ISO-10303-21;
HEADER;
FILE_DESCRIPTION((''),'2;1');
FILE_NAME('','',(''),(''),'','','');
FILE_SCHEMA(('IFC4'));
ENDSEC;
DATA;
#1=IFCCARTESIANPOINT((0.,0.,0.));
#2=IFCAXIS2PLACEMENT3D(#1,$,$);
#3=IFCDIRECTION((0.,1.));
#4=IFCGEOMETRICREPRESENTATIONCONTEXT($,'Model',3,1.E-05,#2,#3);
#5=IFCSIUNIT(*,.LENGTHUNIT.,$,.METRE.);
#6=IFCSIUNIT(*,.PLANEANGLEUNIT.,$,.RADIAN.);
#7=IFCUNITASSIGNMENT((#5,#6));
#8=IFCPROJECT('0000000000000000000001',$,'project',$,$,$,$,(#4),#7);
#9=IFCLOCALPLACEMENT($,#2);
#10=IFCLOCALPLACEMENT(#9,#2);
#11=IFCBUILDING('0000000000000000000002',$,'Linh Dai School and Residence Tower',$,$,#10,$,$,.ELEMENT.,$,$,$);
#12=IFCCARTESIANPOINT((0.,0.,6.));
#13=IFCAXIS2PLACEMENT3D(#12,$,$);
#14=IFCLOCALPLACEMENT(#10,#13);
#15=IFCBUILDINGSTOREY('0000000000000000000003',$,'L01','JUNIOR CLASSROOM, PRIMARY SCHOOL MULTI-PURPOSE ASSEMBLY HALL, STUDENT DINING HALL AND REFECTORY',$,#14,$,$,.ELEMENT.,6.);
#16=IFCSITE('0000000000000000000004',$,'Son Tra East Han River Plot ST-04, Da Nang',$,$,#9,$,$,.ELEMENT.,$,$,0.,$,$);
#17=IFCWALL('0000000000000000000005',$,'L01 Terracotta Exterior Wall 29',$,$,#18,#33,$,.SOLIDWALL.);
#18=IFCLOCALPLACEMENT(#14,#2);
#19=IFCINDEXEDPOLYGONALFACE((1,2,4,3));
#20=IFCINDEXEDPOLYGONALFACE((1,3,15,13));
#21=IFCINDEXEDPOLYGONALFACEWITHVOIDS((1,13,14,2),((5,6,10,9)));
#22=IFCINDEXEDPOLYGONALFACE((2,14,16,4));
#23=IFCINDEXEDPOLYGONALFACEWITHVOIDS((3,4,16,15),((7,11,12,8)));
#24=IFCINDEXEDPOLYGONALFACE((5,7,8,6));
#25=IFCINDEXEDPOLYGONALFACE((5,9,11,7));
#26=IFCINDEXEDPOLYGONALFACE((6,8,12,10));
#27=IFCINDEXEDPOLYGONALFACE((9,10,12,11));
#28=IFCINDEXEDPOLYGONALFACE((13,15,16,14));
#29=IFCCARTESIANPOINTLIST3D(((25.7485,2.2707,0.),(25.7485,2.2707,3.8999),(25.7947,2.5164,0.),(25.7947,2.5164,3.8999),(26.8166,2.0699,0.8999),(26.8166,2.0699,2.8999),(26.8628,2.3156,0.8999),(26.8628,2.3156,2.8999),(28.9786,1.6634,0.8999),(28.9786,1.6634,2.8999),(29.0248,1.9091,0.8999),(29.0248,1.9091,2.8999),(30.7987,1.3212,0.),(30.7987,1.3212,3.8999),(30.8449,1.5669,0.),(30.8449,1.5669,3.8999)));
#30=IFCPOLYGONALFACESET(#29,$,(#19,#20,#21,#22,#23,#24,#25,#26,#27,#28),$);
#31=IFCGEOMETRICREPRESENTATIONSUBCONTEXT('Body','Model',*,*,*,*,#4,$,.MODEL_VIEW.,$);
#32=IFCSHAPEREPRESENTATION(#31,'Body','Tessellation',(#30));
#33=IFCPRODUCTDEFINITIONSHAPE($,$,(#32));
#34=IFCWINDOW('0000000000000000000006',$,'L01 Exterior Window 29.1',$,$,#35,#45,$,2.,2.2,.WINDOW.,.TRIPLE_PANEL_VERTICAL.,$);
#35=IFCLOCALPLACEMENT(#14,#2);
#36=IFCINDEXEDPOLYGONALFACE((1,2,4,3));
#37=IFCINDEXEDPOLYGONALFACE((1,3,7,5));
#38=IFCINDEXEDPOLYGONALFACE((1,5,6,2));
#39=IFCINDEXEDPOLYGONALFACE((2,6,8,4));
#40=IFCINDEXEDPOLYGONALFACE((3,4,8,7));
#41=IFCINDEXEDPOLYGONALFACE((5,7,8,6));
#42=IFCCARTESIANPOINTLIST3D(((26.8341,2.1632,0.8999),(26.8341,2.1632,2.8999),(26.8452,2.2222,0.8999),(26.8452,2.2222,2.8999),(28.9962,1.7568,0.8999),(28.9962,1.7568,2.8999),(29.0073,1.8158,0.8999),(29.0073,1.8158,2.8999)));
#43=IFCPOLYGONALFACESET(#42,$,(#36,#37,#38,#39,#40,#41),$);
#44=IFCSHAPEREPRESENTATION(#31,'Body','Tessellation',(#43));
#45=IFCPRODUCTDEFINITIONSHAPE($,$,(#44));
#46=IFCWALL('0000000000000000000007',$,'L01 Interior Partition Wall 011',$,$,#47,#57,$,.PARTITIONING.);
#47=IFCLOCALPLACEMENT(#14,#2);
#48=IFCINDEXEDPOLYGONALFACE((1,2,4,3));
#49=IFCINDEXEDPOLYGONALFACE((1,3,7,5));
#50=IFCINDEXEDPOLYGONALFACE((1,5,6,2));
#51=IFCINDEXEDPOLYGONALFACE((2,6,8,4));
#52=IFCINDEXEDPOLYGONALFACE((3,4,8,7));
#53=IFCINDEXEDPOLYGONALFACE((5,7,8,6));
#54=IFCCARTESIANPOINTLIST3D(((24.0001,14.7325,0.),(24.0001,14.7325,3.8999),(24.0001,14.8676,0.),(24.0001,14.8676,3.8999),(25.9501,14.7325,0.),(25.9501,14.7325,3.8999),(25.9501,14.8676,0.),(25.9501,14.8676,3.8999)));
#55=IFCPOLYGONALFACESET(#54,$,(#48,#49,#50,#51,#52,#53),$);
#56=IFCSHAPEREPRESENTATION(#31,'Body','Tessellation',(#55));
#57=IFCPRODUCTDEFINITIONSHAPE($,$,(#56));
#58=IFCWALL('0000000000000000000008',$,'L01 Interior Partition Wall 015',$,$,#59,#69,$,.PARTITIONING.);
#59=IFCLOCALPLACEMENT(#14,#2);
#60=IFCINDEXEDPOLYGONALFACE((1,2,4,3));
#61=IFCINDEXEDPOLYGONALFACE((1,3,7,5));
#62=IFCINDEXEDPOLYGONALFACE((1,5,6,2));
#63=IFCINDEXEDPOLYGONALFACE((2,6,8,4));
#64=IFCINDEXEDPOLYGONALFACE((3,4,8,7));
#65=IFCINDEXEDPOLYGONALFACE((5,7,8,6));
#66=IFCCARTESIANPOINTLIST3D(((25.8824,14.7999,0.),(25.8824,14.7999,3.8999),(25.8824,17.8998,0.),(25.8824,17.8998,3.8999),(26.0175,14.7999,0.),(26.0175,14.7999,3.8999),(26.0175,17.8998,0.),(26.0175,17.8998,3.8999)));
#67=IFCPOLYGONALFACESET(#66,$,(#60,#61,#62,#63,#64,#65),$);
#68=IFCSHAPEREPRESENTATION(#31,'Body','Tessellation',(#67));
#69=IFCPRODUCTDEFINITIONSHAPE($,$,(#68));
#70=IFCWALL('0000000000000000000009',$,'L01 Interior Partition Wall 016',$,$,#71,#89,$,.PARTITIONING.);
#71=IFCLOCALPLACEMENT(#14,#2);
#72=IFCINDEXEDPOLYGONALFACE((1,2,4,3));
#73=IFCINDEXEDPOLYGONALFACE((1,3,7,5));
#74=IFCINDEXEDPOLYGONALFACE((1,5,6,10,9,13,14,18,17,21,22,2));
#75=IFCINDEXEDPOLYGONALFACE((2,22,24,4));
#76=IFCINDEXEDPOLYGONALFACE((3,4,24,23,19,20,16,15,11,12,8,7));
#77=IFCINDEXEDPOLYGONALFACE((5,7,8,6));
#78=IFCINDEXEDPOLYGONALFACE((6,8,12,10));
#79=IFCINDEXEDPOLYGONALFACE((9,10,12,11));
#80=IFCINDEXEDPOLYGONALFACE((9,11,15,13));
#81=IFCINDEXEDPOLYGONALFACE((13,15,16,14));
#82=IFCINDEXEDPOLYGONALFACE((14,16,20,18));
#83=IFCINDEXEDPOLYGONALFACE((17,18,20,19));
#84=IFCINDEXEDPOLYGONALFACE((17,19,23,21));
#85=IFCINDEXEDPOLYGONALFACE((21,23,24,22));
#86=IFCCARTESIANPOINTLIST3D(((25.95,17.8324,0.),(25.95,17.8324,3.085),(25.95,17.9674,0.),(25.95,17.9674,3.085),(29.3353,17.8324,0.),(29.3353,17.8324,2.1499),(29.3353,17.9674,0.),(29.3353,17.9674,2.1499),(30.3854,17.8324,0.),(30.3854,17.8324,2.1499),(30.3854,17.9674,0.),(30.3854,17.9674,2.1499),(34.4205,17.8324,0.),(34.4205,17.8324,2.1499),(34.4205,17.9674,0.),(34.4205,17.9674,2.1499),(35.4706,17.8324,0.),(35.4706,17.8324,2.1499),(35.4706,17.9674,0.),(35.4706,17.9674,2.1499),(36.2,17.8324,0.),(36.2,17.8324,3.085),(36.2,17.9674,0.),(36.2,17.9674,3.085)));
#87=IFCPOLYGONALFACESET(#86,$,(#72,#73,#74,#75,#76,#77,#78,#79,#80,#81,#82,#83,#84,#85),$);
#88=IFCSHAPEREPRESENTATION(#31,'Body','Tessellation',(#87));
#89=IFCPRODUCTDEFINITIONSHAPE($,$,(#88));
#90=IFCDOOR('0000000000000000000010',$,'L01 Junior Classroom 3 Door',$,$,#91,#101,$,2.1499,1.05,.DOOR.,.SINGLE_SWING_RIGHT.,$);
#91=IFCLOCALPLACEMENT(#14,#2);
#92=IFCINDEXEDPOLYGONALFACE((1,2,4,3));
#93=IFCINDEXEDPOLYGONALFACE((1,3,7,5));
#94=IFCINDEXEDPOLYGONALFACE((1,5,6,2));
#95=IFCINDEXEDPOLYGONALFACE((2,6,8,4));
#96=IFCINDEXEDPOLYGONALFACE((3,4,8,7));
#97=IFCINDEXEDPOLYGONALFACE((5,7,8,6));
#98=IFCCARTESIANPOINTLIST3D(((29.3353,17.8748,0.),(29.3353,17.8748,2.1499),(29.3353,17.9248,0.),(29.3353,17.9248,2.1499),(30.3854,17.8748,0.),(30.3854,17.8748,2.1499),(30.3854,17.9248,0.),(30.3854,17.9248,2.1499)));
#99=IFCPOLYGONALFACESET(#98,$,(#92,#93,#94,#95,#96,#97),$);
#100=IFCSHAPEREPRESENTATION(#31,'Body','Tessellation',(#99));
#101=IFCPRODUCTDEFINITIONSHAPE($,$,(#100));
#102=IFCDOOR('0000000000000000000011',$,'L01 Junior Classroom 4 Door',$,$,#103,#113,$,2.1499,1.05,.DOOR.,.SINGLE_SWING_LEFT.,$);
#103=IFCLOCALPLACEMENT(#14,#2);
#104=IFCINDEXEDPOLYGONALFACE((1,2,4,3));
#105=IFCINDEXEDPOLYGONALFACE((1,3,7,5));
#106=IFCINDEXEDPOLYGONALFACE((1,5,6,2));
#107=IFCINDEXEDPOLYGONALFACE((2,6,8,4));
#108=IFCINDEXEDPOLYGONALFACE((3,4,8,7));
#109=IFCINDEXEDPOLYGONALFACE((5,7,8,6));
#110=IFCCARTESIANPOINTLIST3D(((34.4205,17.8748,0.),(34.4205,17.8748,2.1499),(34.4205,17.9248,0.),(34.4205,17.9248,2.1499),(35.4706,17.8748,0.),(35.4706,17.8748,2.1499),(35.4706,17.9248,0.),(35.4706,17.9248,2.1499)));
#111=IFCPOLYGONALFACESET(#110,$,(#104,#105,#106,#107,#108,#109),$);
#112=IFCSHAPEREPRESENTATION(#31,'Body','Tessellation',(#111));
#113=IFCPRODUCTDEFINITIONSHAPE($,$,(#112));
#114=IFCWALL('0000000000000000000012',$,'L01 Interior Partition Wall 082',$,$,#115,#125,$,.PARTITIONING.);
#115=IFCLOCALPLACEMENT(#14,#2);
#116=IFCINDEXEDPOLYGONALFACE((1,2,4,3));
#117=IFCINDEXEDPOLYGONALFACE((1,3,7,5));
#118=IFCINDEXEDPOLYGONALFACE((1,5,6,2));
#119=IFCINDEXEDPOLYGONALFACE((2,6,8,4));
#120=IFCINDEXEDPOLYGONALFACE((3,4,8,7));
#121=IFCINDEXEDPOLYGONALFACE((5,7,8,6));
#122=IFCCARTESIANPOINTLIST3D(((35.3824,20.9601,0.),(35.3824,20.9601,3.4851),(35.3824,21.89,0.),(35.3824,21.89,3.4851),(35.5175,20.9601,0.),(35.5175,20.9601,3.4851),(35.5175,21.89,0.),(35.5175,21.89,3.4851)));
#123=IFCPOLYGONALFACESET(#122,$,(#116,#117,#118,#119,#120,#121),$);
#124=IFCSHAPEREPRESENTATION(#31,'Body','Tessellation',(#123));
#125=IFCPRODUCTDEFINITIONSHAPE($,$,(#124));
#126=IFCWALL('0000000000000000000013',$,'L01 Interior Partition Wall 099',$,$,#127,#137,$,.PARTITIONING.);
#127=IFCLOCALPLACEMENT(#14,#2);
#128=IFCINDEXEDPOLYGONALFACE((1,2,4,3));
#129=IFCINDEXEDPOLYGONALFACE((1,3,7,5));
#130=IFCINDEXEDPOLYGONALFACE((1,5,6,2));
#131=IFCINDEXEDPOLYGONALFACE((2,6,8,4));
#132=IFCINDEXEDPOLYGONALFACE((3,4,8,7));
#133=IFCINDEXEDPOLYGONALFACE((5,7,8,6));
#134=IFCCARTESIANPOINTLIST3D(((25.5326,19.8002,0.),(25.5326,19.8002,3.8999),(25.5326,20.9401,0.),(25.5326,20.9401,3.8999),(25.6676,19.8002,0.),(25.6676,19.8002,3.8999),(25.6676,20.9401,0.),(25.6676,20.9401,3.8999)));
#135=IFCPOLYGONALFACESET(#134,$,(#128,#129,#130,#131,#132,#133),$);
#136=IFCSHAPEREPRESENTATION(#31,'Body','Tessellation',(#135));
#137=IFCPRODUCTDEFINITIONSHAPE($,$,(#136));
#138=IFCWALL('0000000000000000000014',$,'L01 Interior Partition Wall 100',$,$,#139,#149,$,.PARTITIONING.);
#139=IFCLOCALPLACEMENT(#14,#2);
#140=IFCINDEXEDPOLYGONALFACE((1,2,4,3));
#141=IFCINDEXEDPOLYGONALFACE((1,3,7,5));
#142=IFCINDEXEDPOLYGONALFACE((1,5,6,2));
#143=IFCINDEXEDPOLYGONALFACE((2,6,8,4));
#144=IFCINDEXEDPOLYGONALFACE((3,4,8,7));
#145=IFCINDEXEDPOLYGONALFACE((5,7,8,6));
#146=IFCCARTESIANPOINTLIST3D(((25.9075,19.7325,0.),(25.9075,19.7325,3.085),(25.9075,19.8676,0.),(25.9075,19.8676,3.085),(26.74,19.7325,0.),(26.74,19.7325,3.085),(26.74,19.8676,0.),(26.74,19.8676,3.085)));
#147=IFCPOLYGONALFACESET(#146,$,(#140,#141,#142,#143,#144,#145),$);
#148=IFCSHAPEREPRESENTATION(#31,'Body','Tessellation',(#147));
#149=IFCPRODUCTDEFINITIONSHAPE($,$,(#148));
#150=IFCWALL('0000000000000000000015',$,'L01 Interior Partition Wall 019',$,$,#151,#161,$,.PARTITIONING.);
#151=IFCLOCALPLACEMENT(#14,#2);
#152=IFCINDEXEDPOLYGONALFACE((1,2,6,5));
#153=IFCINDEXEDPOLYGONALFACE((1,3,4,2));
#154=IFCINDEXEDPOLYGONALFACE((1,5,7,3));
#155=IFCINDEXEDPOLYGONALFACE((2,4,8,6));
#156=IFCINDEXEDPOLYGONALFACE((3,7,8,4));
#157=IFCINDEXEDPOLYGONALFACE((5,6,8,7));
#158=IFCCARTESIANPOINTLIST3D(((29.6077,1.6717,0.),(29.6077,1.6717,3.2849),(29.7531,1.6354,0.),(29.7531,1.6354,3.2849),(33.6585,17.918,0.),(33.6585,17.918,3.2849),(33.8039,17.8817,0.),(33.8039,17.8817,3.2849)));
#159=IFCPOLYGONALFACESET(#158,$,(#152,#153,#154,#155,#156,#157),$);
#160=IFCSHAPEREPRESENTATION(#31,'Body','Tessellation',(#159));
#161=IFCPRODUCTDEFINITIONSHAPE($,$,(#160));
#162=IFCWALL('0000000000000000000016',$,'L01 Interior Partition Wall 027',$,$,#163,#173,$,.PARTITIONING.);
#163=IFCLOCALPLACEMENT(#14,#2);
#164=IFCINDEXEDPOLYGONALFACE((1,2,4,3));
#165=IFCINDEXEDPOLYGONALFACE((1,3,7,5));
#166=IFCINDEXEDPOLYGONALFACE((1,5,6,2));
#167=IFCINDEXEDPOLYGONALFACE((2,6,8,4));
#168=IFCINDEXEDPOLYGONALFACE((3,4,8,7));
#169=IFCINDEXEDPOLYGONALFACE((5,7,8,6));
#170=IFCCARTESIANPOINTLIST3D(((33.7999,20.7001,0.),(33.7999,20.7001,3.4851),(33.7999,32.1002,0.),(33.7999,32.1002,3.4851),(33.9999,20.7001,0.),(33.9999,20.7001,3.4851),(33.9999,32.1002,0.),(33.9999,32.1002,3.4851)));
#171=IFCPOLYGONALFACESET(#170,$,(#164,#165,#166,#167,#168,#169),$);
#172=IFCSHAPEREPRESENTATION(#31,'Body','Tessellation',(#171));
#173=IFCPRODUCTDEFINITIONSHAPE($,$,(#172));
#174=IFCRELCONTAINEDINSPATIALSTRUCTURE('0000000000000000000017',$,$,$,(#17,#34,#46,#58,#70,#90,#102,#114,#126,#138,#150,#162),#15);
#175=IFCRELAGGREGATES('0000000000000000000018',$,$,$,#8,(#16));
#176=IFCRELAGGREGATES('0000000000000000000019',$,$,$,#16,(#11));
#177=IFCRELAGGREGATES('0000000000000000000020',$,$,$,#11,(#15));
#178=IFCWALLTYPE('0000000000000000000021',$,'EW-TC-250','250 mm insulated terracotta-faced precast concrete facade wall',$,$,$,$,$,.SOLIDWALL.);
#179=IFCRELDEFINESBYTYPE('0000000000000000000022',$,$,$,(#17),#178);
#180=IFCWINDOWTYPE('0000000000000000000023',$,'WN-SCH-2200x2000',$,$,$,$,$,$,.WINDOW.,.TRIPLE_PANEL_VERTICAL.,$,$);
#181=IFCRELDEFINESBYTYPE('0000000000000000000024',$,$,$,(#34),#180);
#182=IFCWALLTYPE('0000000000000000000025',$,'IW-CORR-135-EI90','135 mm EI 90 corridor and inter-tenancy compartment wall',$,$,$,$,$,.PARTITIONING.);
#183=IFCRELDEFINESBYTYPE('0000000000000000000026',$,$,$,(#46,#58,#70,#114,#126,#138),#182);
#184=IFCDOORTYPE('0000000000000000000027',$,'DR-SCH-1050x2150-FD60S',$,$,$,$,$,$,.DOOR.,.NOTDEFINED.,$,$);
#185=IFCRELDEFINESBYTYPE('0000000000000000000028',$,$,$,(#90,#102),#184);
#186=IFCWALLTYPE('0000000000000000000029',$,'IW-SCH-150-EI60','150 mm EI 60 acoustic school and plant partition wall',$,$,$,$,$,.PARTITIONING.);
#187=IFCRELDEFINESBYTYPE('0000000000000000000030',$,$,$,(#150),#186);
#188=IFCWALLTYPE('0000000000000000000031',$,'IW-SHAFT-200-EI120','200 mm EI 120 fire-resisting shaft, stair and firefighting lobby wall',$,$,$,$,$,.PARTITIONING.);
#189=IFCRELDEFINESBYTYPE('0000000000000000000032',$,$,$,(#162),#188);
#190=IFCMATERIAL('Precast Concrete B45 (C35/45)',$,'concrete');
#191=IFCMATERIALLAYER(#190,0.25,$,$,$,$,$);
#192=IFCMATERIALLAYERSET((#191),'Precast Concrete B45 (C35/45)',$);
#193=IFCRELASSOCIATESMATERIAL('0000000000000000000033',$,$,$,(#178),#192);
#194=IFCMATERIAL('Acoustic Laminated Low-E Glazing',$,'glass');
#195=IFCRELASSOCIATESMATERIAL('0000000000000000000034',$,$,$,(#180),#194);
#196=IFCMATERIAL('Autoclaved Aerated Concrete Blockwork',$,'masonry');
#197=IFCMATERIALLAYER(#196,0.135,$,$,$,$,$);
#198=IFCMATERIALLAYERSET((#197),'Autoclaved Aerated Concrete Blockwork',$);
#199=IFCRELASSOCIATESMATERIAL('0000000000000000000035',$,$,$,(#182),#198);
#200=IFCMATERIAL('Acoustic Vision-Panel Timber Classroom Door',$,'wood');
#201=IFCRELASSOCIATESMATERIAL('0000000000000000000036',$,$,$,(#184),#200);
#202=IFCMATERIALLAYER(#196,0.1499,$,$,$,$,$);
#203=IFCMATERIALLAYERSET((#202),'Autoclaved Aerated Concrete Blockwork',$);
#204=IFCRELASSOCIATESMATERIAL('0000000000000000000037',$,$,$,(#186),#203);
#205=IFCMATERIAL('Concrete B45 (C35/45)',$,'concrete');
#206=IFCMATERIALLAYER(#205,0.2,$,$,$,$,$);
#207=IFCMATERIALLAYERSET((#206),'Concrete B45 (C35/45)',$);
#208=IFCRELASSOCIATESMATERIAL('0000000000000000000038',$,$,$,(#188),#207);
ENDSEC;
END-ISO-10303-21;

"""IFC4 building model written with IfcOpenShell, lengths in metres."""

from ifc_helpers import new_model, si_unit, direction, frame, frame_2d, origin, origin_2d, place, context, subcontext, project, spatial, rectangle, extrude, source, transform, mapped, material, layer, layer_set, type_object, element, fill, save


model = new_model("IFC4")

# Units and contexts
model_context = context("Model", 3, precision=1e-05, world=origin(), true_north=direction((0.0, 1.0)))
body_context = subcontext(model_context, "Body", "Model", "MODEL_VIEW")
ifc_project = project(units=[si_unit("LENGTHUNIT", "METRE"), si_unit("PLANEANGLEUNIT", "RADIAN")], contexts=[model_context])

# Site, building, storey
site_placement = place(None, origin())
site = spatial("IfcSite", under=ifc_project, at=site_placement, Name="Son Tra East Han River Plot ST-04, Da Nang", CompositionType="ELEMENT", RefElevation=0.0)
building_placement = place(site_placement, origin())
building = spatial("IfcBuilding", under=site, at=building_placement, Name="Linh Dai School and Residence Tower", CompositionType="ELEMENT")
storey_placement = place(building_placement, frame((0.0, 0.0, 6.0)))
storey = spatial("IfcBuildingStorey", under=building, at=storey_placement, Name="L01", Description="JUNIOR CLASSROOM, PRIMARY SCHOOL MULTI-PURPOSE ASSEMBLY HALL, STUDENT DINING HALL AND REFECTORY", CompositionType="ELEMENT", Elevation=6.0)

# Wall, opening, window
ifc_material_1 = material(Name="Precast Concrete B45 (C35/45)", Category="concrete")
ifc_layer_1 = layer(ifc_material_1, 0.25)
ifc_layer_set_1 = layer_set([ifc_layer_1], Name="Precast Concrete B45 (C35/45)")
wall_type_1 = type_object("IfcWallType", Name="EW-TC-250", Description="250 mm insulated terracotta-faced precast concrete facade wall", PredefinedType="SOLIDWALL", material=ifc_layer_set_1)
ifc_material_2 = material(Name="Acoustic Laminated Low-E Glazing", Category="glass")
window_type = type_object("IfcWindowType", Name="WN-SCH-2200x2000", PartitioningType="TRIPLE_PANEL_VERTICAL", PredefinedType="WINDOW", material=ifc_material_2)
shared_shape_1 = source(origin(), body_context, "Body", "SweptSolid", [
    extrude(rectangle(XDim=2.2, YDim=2.0, at=origin_2d()), frame((1.1001, 0.03, 1.0), z_axis=(0.0, -1.0, 0.0), x_axis=(1.0, 0.0, 0.0)), (0.0, 0.0, 1.0), 0.0601),
])
wall_1_placement = place(storey_placement, frame((30.8218, 1.4441, 0.0), z_axis=(0.0, 0.0, 1.0), x_axis=(-0.982783, 0.184765, 0.0)))
wall_1 = element("IfcWall", 1, at=wall_1_placement, inside=storey, type_object=wall_type_1, Name="L01 Terracotta Exterior Wall 29", PredefinedType="SOLIDWALL", context=body_context, shape_type="SweptSolid", body=[
    extrude(rectangle(XDim=5.1387, YDim=0.25, at=frame_2d((2.5693, 0.0))), origin(), (0.0, 0.0, 1.0), 3.8999),
])
opening_1_placement = place(wall_1_placement, frame((1.8518, 0.0, 0.8999)))
opening_1 = element("IfcOpeningElement", 2, at=opening_1_placement, cuts=wall_1, PredefinedType="OPENING", context=body_context, shape_type="SweptSolid", body=[
    extrude(rectangle(XDim=2.2, YDim=2.0, at=origin_2d()), frame((1.1001, 0.135, 1.0), z_axis=(0.0, -1.0, 0.0), x_axis=(1.0, 0.0, 0.0)), (0.0, 0.0, 1.0), 0.27),
])
window_1_placement = place(opening_1_placement, origin())
window_1 = element("IfcWindow", 3, at=window_1_placement, inside=storey, type_object=window_type, Name="L01 Exterior Window 29.1", OverallHeight=2.0, OverallWidth=2.2, PartitioningType="TRIPLE_PANEL_VERTICAL", PredefinedType="WINDOW", context=body_context, shape_type="MappedRepresentation", body=[
    mapped(shared_shape_1, transform((0.0, 0.0, 0.0), x_axis=(1.0, 0.0, 0.0), y_axis=(0.0, 1.0, 0.0), z_axis=(0.0, 0.0, 1.0), scale=1.0)),
])
fill(opening_1, window_1)

# Walls
ifc_material_3 = material(Name="Autoclaved Aerated Concrete Blockwork", Category="masonry")
ifc_layer_2 = layer(ifc_material_3, 0.135)
ifc_layer_set_2 = layer_set([ifc_layer_2], Name="Autoclaved Aerated Concrete Blockwork")
wall_type_2 = type_object("IfcWallType", Name="IW-CORR-135-EI90", Description="135 mm EI 90 corridor and inter-tenancy compartment wall", PredefinedType="PARTITIONING", material=ifc_layer_set_2)
wall_2_placement = place(storey_placement, frame((24.0, 14.8, 0.0), z_axis=(0.0, 0.0, 1.0), x_axis=(1.0, 0.0, 0.0)))
element("IfcWall", 4, at=wall_2_placement, inside=storey, type_object=wall_type_2, Name="L01 Interior Partition Wall 011", PredefinedType="PARTITIONING", context=body_context, shape_type="SweptSolid", body=[
    extrude(rectangle(XDim=1.95, YDim=0.135, at=frame_2d((0.9751, 0.0))), origin(), (0.0, 0.0, 1.0), 3.8999),
])
wall_3_placement = place(storey_placement, frame((25.95, 14.8, 0.0), z_axis=(0.0, 0.0, 1.0), x_axis=(0.0, 1.0, 0.0)))
element("IfcWall", 5, at=wall_3_placement, inside=storey, type_object=wall_type_2, Name="L01 Interior Partition Wall 015", PredefinedType="PARTITIONING", context=body_context, shape_type="SweptSolid", body=[
    extrude(rectangle(XDim=3.0999, YDim=0.135, at=frame_2d((1.5498, 0.0))), origin(), (0.0, 0.0, 1.0), 3.8999),
])

# Wall, openings, doors
wall_4_placement = place(storey_placement, frame((25.95, 17.8999, 0.0), z_axis=(0.0, 0.0, 1.0), x_axis=(1.0, 0.0, 0.0)))
wall_4 = element("IfcWall", 6, at=wall_4_placement, inside=storey, type_object=wall_type_2, Name="L01 Interior Partition Wall 016", PredefinedType="PARTITIONING", context=body_context, shape_type="SweptSolid", body=[
    extrude(rectangle(XDim=10.25, YDim=0.135, at=frame_2d((5.125, 0.0))), origin(), (0.0, 0.0, 1.0), 3.085),
])
opening_2_placement = place(wall_4_placement, frame((3.3855, 0.0, 0.0)))
opening_2 = element("IfcOpeningElement", 7, at=opening_2_placement, cuts=wall_4, PredefinedType="OPENING", context=body_context, shape_type="SweptSolid", body=[
    extrude(rectangle(XDim=1.05, YDim=2.1499, at=origin_2d()), frame((0.5249, 0.0776, 1.075), z_axis=(0.0, -1.0, 0.0), x_axis=(1.0, 0.0, 0.0)), (0.0, 0.0, 1.0), 0.155),
])
opening_3_placement = place(wall_4_placement, frame((8.4707, 0.0, 0.0)))
opening_3 = element("IfcOpeningElement", 8, at=opening_3_placement, cuts=wall_4, PredefinedType="OPENING", context=body_context, shape_type="SweptSolid", body=[
    extrude(rectangle(XDim=1.05, YDim=2.1499, at=origin_2d()), frame((0.5249, 0.0776, 1.075), z_axis=(0.0, -1.0, 0.0), x_axis=(1.0, 0.0, 0.0)), (0.0, 0.0, 1.0), 0.155),
])
ifc_material_4 = material(Name="Acoustic Vision-Panel Timber Classroom Door", Category="wood")
door_type_1 = type_object("IfcDoorType", Name="DR-SCH-1050x2150-FD60S", OperationType="NOTDEFINED", PredefinedType="DOOR", material=ifc_material_4)
shared_shape_2 = source(origin(), body_context, "Body", "SweptSolid", [
    extrude(rectangle(XDim=1.05, YDim=2.1499, at=origin_2d()), frame((0.5249, 0.0249, 1.075), z_axis=(0.0, -1.0, 0.0), x_axis=(1.0, 0.0, 0.0)), (0.0, 0.0, 1.0), 0.05),
])
door_1_placement = place(opening_2_placement, origin())
door_1 = element("IfcDoor", 9, at=door_1_placement, inside=storey, type_object=door_type_1, Name="L01 Junior Classroom 3 Door", OperationType="SINGLE_SWING_RIGHT", OverallHeight=2.1499, OverallWidth=1.05, PredefinedType="DOOR", context=body_context, shape_type="MappedRepresentation", body=[
    mapped(shared_shape_2, transform((0.0, 0.0, 0.0), x_axis=(1.0, 0.0, 0.0), y_axis=(0.0, 1.0, 0.0), z_axis=(0.0, 0.0, 1.0), scale=1.0)),
])
fill(opening_2, door_1)
door_2_placement = place(opening_3_placement, origin())
door_2 = element("IfcDoor", 10, at=door_2_placement, inside=storey, type_object=door_type_1, Name="L01 Junior Classroom 4 Door", OperationType="SINGLE_SWING_LEFT", OverallHeight=2.1499, OverallWidth=1.05, PredefinedType="DOOR", context=body_context, shape_type="MappedRepresentation", body=[
    mapped(shared_shape_2, transform((0.0, 0.0, 0.0), x_axis=(1.0, 0.0, 0.0), y_axis=(0.0, 1.0, 0.0), z_axis=(0.0, 0.0, 1.0), scale=1.0)),
])
fill(opening_3, door_2)

# Walls
wall_5_placement = place(storey_placement, frame((35.45, 21.8899, 0.0), z_axis=(0.0, 0.0, 1.0), x_axis=(0.0, -1.0, 0.0)))
element("IfcWall", 11, at=wall_5_placement, inside=storey, type_object=wall_type_2, Name="L01 Interior Partition Wall 082", PredefinedType="PARTITIONING", context=body_context, shape_type="SweptSolid", body=[
    extrude(rectangle(XDim=0.9299, YDim=0.135, at=frame_2d((0.4648, 0.0))), origin(), (0.0, 0.0, 1.0), 3.4851),
])
wall_6_placement = place(storey_placement, frame((25.6001, 20.9399, 0.0), z_axis=(0.0, 0.0, 1.0), x_axis=(0.0, -1.0, 0.0)))
element("IfcWall", 12, at=wall_6_placement, inside=storey, type_object=wall_type_2, Name="L01 Interior Partition Wall 099", PredefinedType="PARTITIONING", context=body_context, shape_type="SweptSolid", body=[
    extrude(rectangle(XDim=1.1399, YDim=0.135, at=frame_2d((0.5698, 0.0))), origin(), (0.0, 0.0, 1.0), 3.8999),
])
wall_7_placement = place(storey_placement, frame((25.9075, 19.8, 0.0), z_axis=(0.0, 0.0, 1.0), x_axis=(1.0, 0.0, 0.0)))
element("IfcWall", 13, at=wall_7_placement, inside=storey, type_object=wall_type_2, Name="L01 Interior Partition Wall 100", PredefinedType="PARTITIONING", context=body_context, shape_type="SweptSolid", body=[
    extrude(rectangle(XDim=0.8325, YDim=0.135, at=frame_2d((0.4163, 0.0))), origin(), (0.0, 0.0, 1.0), 3.085),
])
ifc_layer_3 = layer(ifc_material_3, 0.1499)
ifc_layer_set_3 = layer_set([ifc_layer_3], Name="Autoclaved Aerated Concrete Blockwork")
wall_type_3 = type_object("IfcWallType", Name="IW-SCH-150-EI60", Description="150 mm EI 60 acoustic school and plant partition wall", PredefinedType="PARTITIONING", material=ifc_layer_set_3)
wall_8_placement = place(storey_placement, frame((29.6804, 1.6536, 0.0), z_axis=(0.0, 0.0, 1.0), x_axis=(0.241928, 0.970294, 0.0)))
element("IfcWall", 14, at=wall_8_placement, inside=storey, type_object=wall_type_3, Name="L01 Interior Partition Wall 019", PredefinedType="PARTITIONING", context=body_context, shape_type="SweptSolid", body=[
    extrude(rectangle(XDim=16.7437, YDim=0.1499, at=frame_2d((8.3718, 0.0))), origin(), (0.0, 0.0, 1.0), 3.2849),
])
ifc_material_5 = material(Name="Concrete B45 (C35/45)", Category="concrete")
ifc_layer_4 = layer(ifc_material_5, 0.2)
ifc_layer_set_4 = layer_set([ifc_layer_4], Name="Concrete B45 (C35/45)")
wall_type_4 = type_object("IfcWallType", Name="IW-SHAFT-200-EI120", Description="200 mm EI 120 fire-resisting shaft, stair and firefighting lobby wall", PredefinedType="PARTITIONING", material=ifc_layer_set_4)
wall_9_placement = place(storey_placement, frame((33.8999, 20.7, 0.0), z_axis=(0.0, 0.0, 1.0), x_axis=(0.0, 1.0, 0.0)))
element("IfcWall", 15, at=wall_9_placement, inside=storey, type_object=wall_type_4, Name="L01 Interior Partition Wall 027", PredefinedType="PARTITIONING", context=body_context, shape_type="SweptSolid", body=[
    extrude(rectangle(XDim=11.4001, YDim=0.2, at=frame_2d((5.7002, 0.0))), origin(), (0.0, 0.0, 1.0), 3.4851),
])

save(model, "model.ifc")
